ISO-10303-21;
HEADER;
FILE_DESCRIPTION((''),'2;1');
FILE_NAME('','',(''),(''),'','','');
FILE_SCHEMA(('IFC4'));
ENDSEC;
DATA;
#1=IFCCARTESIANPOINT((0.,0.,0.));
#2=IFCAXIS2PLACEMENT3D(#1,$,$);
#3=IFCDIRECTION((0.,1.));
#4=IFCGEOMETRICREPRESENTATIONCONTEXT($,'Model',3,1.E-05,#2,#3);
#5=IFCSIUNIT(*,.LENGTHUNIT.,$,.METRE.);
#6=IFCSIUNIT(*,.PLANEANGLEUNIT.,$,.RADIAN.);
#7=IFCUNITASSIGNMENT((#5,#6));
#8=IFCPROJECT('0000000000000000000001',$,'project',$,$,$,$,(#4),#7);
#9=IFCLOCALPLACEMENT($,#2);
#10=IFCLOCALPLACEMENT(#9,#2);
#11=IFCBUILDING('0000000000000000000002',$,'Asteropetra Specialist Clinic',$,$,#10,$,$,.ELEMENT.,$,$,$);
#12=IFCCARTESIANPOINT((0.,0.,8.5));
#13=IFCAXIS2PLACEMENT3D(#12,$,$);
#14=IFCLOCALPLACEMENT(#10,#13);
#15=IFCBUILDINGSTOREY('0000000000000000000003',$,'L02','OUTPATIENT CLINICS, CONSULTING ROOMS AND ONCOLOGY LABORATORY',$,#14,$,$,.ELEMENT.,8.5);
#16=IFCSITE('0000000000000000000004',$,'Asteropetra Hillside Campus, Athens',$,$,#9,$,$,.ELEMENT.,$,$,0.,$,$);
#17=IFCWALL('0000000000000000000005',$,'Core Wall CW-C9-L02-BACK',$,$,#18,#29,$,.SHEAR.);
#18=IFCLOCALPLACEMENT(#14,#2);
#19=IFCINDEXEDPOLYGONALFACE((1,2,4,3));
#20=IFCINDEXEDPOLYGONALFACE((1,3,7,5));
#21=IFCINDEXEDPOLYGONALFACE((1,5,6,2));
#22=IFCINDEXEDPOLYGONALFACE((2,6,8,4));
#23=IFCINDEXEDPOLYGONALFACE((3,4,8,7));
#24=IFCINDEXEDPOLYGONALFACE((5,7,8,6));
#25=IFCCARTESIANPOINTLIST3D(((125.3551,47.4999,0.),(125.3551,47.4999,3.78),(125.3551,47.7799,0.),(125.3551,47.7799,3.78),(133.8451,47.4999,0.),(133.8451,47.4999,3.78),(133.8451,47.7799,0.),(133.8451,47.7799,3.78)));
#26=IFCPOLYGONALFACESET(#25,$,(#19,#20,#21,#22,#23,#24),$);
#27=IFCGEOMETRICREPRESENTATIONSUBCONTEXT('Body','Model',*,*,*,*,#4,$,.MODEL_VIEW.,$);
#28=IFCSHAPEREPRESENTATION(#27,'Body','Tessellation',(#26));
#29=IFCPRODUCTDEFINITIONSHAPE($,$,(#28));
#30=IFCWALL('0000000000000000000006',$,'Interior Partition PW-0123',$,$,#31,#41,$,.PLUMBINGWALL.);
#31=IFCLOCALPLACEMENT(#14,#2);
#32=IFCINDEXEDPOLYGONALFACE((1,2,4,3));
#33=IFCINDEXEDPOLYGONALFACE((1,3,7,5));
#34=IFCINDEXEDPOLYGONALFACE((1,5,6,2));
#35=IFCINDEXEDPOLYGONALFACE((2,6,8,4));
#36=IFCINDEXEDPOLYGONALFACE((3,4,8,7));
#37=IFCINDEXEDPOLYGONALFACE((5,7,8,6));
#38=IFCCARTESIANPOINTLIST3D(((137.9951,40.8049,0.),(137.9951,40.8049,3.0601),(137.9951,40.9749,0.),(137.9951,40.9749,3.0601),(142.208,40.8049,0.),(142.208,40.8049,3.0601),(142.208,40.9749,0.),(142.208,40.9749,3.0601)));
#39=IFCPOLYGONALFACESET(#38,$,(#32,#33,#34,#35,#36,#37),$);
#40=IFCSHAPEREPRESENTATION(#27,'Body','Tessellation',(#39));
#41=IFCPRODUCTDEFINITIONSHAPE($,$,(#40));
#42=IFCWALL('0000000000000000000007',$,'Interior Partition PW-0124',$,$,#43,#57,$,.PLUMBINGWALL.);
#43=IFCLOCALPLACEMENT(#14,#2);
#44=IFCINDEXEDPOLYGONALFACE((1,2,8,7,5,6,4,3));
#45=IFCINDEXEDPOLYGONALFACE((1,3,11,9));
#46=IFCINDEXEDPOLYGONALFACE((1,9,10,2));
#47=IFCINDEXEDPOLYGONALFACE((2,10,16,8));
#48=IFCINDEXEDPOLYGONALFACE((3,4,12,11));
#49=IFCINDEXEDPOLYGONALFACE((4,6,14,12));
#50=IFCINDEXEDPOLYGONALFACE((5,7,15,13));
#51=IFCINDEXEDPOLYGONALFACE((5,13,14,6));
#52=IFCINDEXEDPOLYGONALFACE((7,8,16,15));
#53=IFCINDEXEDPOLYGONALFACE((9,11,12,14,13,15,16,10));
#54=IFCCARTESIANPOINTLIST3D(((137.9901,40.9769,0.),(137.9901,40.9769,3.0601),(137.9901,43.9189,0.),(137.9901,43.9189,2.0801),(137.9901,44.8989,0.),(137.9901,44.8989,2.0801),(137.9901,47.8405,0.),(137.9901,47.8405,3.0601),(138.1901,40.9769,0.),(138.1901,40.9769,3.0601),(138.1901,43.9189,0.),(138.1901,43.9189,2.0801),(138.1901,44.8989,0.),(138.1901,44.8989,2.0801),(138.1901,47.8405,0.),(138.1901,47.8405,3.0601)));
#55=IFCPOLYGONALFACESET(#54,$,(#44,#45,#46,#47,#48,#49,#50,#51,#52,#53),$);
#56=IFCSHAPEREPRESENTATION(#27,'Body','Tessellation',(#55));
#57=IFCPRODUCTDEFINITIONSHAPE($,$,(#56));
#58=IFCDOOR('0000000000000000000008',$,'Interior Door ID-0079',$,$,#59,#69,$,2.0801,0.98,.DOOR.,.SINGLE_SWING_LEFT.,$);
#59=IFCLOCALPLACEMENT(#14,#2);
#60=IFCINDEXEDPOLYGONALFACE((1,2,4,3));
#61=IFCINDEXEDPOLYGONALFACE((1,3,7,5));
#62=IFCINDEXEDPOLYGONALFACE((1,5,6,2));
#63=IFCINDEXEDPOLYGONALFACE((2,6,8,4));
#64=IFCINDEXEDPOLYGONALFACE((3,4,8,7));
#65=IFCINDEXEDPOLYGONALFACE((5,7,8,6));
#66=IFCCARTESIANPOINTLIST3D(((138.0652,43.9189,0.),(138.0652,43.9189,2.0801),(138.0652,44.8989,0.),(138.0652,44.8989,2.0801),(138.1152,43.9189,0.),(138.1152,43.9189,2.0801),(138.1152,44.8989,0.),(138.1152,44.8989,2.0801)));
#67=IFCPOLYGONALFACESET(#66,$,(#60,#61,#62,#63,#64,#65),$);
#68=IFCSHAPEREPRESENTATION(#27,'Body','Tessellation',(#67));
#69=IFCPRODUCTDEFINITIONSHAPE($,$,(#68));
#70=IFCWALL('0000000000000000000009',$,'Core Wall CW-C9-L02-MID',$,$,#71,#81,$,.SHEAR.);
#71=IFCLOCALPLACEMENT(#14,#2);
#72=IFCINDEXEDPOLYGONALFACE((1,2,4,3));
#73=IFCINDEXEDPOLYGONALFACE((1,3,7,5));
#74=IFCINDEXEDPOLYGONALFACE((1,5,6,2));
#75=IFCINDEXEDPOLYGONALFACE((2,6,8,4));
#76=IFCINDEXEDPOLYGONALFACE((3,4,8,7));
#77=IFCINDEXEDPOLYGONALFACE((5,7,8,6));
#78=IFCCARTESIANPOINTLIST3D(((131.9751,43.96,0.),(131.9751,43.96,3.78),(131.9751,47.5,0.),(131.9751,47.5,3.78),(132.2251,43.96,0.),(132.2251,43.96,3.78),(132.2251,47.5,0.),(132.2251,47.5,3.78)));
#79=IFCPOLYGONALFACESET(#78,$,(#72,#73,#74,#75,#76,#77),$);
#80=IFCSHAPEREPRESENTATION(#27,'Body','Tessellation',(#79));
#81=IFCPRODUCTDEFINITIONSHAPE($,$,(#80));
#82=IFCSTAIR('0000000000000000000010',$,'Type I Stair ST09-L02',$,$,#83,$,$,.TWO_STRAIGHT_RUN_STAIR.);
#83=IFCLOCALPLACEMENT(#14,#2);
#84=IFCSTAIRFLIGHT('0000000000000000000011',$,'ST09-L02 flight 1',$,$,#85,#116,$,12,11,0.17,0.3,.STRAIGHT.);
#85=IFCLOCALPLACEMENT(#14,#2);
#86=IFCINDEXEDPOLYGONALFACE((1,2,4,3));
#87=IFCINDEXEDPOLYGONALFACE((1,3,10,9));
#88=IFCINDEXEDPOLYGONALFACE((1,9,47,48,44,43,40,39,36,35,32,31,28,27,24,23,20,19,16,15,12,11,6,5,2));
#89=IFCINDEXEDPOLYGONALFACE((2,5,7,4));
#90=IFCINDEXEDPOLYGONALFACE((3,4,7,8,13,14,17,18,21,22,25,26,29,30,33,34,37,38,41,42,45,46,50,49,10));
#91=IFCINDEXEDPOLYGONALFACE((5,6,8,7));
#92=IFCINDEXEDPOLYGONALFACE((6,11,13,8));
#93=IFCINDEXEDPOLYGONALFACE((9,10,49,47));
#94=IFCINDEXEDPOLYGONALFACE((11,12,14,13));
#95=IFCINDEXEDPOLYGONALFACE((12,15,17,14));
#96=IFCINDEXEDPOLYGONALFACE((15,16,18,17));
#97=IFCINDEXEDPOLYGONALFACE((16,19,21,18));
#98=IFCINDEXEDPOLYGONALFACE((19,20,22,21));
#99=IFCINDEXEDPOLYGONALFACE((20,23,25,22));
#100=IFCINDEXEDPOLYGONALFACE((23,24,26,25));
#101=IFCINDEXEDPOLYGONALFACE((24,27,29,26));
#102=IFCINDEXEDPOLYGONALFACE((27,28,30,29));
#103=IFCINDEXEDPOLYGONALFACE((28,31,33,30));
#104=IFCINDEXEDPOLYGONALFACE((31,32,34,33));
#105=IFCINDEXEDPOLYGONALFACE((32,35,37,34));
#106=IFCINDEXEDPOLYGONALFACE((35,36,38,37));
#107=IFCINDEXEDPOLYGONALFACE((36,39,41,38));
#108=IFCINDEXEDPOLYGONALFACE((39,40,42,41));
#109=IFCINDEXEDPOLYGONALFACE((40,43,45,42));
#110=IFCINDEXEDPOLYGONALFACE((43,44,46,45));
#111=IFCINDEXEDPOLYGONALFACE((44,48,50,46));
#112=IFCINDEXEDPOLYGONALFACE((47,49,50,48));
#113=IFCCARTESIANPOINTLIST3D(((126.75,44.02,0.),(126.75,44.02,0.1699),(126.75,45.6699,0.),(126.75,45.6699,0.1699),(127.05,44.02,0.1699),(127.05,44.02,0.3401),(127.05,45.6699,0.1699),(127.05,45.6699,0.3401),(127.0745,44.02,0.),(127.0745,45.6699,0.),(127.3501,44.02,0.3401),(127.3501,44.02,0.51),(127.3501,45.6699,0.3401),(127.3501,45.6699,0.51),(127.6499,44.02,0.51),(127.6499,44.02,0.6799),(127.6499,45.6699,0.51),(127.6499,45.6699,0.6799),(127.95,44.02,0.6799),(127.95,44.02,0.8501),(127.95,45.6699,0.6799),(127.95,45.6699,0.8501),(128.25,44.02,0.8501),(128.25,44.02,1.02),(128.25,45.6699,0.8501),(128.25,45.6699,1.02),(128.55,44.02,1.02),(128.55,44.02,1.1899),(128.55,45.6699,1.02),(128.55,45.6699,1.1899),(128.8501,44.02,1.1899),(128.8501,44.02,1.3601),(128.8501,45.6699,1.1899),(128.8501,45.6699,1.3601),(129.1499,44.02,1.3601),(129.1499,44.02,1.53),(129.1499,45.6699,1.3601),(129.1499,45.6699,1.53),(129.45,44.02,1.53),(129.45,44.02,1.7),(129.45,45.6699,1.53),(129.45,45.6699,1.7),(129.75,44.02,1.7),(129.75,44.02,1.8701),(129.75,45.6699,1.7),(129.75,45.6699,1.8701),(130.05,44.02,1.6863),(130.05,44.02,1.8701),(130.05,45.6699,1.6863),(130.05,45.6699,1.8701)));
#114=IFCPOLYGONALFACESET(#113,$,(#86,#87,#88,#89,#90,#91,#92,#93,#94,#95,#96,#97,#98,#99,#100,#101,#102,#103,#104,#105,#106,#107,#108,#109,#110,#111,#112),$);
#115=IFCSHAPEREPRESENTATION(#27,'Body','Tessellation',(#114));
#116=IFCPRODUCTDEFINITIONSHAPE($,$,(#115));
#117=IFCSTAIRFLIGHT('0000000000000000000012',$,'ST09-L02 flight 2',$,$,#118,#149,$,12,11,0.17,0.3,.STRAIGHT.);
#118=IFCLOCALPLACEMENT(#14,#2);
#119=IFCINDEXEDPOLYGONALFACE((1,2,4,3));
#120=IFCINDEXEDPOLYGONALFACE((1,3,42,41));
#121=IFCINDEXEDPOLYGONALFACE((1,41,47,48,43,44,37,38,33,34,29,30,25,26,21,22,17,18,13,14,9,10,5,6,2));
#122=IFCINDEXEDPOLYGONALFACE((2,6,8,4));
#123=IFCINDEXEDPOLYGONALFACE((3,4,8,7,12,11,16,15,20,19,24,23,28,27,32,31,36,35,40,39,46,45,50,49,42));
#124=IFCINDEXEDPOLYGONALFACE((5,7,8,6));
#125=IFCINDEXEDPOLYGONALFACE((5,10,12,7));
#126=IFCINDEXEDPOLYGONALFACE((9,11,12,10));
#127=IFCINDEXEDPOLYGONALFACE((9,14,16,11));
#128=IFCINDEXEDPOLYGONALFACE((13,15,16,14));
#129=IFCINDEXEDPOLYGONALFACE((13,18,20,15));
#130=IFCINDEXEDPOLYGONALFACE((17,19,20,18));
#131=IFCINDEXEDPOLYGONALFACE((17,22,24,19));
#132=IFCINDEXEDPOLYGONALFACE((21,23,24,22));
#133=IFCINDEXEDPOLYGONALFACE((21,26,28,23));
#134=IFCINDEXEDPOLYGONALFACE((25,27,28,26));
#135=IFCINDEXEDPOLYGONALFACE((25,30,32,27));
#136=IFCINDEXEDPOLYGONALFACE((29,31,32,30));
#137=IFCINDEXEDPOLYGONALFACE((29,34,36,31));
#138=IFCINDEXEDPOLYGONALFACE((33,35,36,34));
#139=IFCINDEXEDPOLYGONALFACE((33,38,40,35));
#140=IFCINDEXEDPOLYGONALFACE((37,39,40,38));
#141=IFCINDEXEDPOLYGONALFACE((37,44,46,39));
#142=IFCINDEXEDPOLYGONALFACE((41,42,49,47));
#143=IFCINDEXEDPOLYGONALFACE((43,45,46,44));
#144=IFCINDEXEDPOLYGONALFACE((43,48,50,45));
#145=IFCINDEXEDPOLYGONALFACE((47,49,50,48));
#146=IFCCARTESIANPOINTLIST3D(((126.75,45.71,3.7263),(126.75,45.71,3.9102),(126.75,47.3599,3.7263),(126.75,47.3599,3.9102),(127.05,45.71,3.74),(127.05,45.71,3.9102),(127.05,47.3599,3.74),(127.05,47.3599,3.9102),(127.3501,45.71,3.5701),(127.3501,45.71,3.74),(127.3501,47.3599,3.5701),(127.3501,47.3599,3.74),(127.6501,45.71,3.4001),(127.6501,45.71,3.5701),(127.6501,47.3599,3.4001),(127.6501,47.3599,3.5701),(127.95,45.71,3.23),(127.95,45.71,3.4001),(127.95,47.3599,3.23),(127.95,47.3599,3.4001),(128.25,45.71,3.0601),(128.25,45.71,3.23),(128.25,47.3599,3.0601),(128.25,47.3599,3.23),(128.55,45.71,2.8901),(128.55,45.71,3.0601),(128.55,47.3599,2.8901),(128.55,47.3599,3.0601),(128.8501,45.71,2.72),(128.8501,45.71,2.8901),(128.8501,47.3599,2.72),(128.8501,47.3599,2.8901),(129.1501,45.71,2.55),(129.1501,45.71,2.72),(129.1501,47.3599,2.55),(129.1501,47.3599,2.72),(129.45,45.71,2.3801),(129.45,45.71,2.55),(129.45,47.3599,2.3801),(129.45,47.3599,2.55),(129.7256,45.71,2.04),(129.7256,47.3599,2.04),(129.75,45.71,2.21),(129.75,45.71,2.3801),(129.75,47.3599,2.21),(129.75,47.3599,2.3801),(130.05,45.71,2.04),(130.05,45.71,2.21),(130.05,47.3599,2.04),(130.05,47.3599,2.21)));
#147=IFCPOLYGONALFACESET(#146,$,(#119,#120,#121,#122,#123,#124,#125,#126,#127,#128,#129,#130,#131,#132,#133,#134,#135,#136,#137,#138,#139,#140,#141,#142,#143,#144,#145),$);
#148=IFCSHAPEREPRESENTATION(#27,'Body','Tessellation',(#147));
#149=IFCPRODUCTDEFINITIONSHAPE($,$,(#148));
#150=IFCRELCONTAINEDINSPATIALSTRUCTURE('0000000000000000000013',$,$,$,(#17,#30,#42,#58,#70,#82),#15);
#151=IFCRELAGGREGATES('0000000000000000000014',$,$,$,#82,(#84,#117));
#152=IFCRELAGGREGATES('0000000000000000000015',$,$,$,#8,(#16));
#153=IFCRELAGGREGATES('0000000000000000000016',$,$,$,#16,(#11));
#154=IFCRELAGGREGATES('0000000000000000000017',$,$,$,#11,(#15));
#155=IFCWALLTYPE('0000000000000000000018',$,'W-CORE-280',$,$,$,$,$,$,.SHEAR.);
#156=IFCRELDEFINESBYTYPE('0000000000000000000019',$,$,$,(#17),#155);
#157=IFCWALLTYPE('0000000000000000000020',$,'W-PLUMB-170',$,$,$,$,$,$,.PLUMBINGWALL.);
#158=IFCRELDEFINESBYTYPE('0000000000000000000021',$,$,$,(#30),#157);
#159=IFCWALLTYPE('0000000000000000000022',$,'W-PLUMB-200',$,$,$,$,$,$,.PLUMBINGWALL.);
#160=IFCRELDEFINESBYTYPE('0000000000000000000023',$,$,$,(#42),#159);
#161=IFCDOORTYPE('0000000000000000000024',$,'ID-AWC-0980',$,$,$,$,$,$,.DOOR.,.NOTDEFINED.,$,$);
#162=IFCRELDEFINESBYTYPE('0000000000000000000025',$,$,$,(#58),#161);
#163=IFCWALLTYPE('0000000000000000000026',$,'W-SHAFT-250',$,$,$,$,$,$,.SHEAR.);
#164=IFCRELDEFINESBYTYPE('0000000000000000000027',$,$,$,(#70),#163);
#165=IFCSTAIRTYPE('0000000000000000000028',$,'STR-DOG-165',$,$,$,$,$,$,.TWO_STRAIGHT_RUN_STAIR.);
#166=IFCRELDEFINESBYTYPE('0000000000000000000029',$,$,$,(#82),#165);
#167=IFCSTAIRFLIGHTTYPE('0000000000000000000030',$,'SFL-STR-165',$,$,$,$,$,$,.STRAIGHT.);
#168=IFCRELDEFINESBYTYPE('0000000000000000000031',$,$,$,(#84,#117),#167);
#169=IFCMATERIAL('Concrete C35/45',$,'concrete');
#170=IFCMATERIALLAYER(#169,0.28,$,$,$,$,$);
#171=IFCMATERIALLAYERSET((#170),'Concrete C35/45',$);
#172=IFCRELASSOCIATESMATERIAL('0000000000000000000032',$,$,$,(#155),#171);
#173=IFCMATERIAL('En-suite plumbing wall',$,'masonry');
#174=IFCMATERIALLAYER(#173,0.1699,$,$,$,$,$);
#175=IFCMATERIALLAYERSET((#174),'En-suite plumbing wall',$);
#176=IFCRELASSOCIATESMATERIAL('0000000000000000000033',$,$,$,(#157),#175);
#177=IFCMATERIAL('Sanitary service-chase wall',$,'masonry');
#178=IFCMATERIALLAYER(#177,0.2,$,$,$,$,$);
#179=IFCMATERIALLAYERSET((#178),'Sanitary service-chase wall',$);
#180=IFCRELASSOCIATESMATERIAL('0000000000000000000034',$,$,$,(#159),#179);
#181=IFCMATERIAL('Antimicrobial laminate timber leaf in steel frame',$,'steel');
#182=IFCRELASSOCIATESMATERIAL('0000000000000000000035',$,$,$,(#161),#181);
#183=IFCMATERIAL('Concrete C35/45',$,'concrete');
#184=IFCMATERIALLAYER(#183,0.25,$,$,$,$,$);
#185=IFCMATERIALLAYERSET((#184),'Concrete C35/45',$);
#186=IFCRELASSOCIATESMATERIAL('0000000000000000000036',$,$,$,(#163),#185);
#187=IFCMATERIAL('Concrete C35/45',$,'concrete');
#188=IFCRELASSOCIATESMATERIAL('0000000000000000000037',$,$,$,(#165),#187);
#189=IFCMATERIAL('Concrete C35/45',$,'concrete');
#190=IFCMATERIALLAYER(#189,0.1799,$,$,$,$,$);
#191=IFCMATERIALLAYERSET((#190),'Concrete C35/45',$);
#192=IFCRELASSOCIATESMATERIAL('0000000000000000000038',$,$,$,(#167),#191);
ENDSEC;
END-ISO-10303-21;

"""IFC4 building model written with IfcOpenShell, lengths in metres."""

from ifc_helpers import new_model, si_unit, direction, frame, frame_2d, origin, place, context, subcontext, project, spatial, polyline, rectangle, outline, extrude, material, layer, layer_set, type_object, element, fill, aggregate, save


model = new_model("IFC4")

# Units and contexts
model_context = context("Model", 3, precision=1e-05, world=origin(), true_north=direction((0.0, 1.0)))
body_context = subcontext(model_context, "Body", "Model", "MODEL_VIEW")
ifc_project = project(units=[si_unit("LENGTHUNIT", "METRE"), si_unit("PLANEANGLEUNIT", "RADIAN")], contexts=[model_context])

# Site, building, storey
site_placement = place(None, origin())
site = spatial("IfcSite", under=ifc_project, at=site_placement, Name="Asteropetra Hillside Campus, Athens", CompositionType="ELEMENT", RefElevation=0.0)
building_placement = place(site_placement, origin())
building = spatial("IfcBuilding", under=site, at=building_placement, Name="Asteropetra Specialist Clinic", CompositionType="ELEMENT")
storey_placement = place(building_placement, frame((0.0, 0.0, 8.5)))
storey = spatial("IfcBuildingStorey", under=building, at=storey_placement, Name="L02", Description="OUTPATIENT CLINICS, CONSULTING ROOMS AND ONCOLOGY LABORATORY", CompositionType="ELEMENT", Elevation=8.5)

# Walls
ifc_material_1 = material(Name="Concrete C35/45", Category="concrete")
ifc_layer_1 = layer(ifc_material_1, 0.28)
ifc_layer_set_1 = layer_set([ifc_layer_1], Name="Concrete C35/45")
wall_type_1 = type_object("IfcWallType", Name="W-CORE-280", PredefinedType="SHEAR", material=ifc_layer_set_1)
wall_1_placement = place(storey_placement, frame((125.355, 47.6399, 0.0), z_axis=(0.0, 0.0, 1.0), x_axis=(1.0, 0.0, 0.0)))
element("IfcWall", 1, at=wall_1_placement, inside=storey, type_object=wall_type_1, Name="Core Wall CW-C9-L02-BACK", PredefinedType="SHEAR", context=body_context, shape_type="SweptSolid", body=[
    extrude(rectangle(XDim=8.49, YDim=0.28, at=frame_2d((4.2451, 0.0))), origin(), (0.0, 0.0, 1.0), 3.78),
])
ifc_material_2 = material(Name="En-suite plumbing wall", Category="masonry")
ifc_layer_2 = layer(ifc_material_2, 0.1699)
ifc_layer_set_2 = layer_set([ifc_layer_2], Name="En-suite plumbing wall")
wall_type_2 = type_object("IfcWallType", Name="W-PLUMB-170", PredefinedType="PLUMBINGWALL", material=ifc_layer_set_2)
wall_2_placement = place(storey_placement, frame((137.9951, 40.8899, 0.0), z_axis=(0.0, 0.0, 1.0), x_axis=(1.0, 0.0, 0.0)))
element("IfcWall", 2, at=wall_2_placement, inside=storey, type_object=wall_type_2, Name="Interior Partition PW-0123", PredefinedType="PLUMBINGWALL", context=body_context, shape_type="SweptSolid", body=[
    extrude(rectangle(XDim=4.2129, YDim=0.1699, at=frame_2d((2.1064, 0.0))), origin(), (0.0, 0.0, 1.0), 3.0601),
])

# Wall, opening, door
ifc_material_3 = material(Name="Sanitary service-chase wall", Category="masonry")
ifc_layer_3 = layer(ifc_material_3, 0.2)
ifc_layer_set_3 = layer_set([ifc_layer_3], Name="Sanitary service-chase wall")
wall_type_3 = type_object("IfcWallType", Name="W-PLUMB-200", PredefinedType="PLUMBINGWALL", material=ifc_layer_set_3)
wall_3_placement = place(storey_placement, frame((138.0901, 40.9771, 0.0), z_axis=(0.0, 0.0, 1.0), x_axis=(0.0, 1.0, 0.0)))
wall_3 = element("IfcWall", 3, at=wall_3_placement, inside=storey, type_object=wall_type_3, Name="Interior Partition PW-0124", PredefinedType="PLUMBINGWALL", context=body_context, shape_type="SweptSolid", body=[
    extrude(rectangle(XDim=6.8635, YDim=0.2, at=frame_2d((3.4316, 0.0))), origin(), (0.0, 0.0, 1.0), 3.0601),
])
opening_1_placement = place(wall_3_placement, frame((2.9419, 0.0, 0.0)))
opening_1 = element("IfcOpeningElement", 4, at=opening_1_placement, cuts=wall_3, PredefinedType="OPENING", context=body_context, shape_type="SweptSolid", body=[
    extrude(rectangle(XDim=0.98, YDim=2.0801, at=frame_2d((0.49, 1.04))), frame((0.0, 0.1099, 0.0), z_axis=(0.0, -1.0, 0.0), x_axis=(1.0, 0.0, 0.0)), (0.0, 0.0, 1.0), 0.22),
])
ifc_material_4 = material(Name="Antimicrobial laminate timber leaf in steel frame", Category="steel")
door_type_1 = type_object("IfcDoorType", Name="ID-AWC-0980", OperationType="NOTDEFINED", PredefinedType="DOOR", material=ifc_material_4)
door_1_placement = place(opening_1_placement, origin())
door_1 = element("IfcDoor", 5, at=door_1_placement, inside=storey, type_object=door_type_1, Name="Interior Door ID-0079", OperationType="SINGLE_SWING_LEFT", OverallHeight=2.0801, OverallWidth=0.98, PredefinedType="DOOR", context=body_context, shape_type="SweptSolid", body=[
    extrude(rectangle(XDim=0.98, YDim=2.0801, at=frame_2d((0.49, 1.04))), frame((0.0, 0.0249, 0.0), z_axis=(0.0, -1.0, 0.0), x_axis=(1.0, 0.0, 0.0)), (0.0, 0.0, 1.0), 0.05),
])
fill(opening_1, door_1)

# Wall
ifc_material_5 = material(Name="Concrete C35/45", Category="concrete")
ifc_layer_4 = layer(ifc_material_5, 0.25)
ifc_layer_set_4 = layer_set([ifc_layer_4], Name="Concrete C35/45")
wall_type_4 = type_object("IfcWallType", Name="W-SHAFT-250", PredefinedType="SHEAR", material=ifc_layer_set_4)
wall_4_placement = place(storey_placement, frame((132.1001, 43.96, 0.0), z_axis=(0.0, 0.0, 1.0), x_axis=(0.0, 1.0, 0.0)))
element("IfcWall", 6, at=wall_4_placement, inside=storey, type_object=wall_type_4, Name="Core Wall CW-C9-L02-MID", PredefinedType="SHEAR", context=body_context, shape_type="SweptSolid", body=[
    extrude(rectangle(XDim=3.54, YDim=0.25, at=frame_2d((1.77, 0.0))), origin(), (0.0, 0.0, 1.0), 3.78),
])

# Stair, stair flights
ifc_material_6 = material(Name="Concrete C35/45", Category="concrete")
stair_type = type_object("IfcStairType", Name="STR-DOG-165", PredefinedType="TWO_STRAIGHT_RUN_STAIR", material=ifc_material_6)
stair_placement = place(storey_placement, origin())
stair = element("IfcStair", 7, at=stair_placement, inside=storey, type_object=stair_type, Name="Type I Stair ST09-L02", PredefinedType="TWO_STRAIGHT_RUN_STAIR")
ifc_material_7 = material(Name="Concrete C35/45", Category="concrete")
ifc_layer_5 = layer(ifc_material_7, 0.1799)
ifc_layer_set_5 = layer_set([ifc_layer_5], Name="Concrete C35/45")
stair_flight_type = type_object("IfcStairFlightType", Name="SFL-STR-165", PredefinedType="STRAIGHT", material=ifc_layer_set_5)
stair_flight_1_placement = place(storey_placement, frame((126.75, 44.845, 0.0), z_axis=(0.0, 0.0, 1.0), x_axis=(1.0, 0.0, 0.0)))
stair_flight_1 = element("IfcStairFlight", 8, at=stair_flight_1_placement, type_object=stair_flight_type, Name="ST09-L02 flight 1", NumberOfRisers=12, NumberOfTreads=11, PredefinedType="STRAIGHT", RiserHeight=0.17, TreadLength=0.3, context=body_context, shape_type="SweptSolid", body=[
    extrude(outline(polyline([(0.0, 0.0), (0.0, 0.1699), (0.3, 0.1699), (0.3, 0.3401), (0.6001, 0.3401), (0.6001, 0.51), (0.8999, 0.51), (0.8999, 0.6799), (1.2, 0.6799), (1.2, 0.8501), (1.5, 0.8501), (1.5, 1.02), (1.8, 1.02), (1.8, 1.1899), (2.1001, 1.1899), (2.1001, 1.3601), (2.3999, 1.3601), (2.3999, 1.53), (2.7, 1.53), (2.7, 1.7), (3.0, 1.7), (3.0, 1.8701), (3.3, 1.8701), (3.3, 2.04), (3.3, 1.6863), (0.3245, 0.0), (0.0, 0.0)])), frame((0.0, 0.825, 0.0), z_axis=(0.0, -1.0, 0.0), x_axis=(1.0, 0.0, 0.0)), (0.0, 0.0, 1.0), 1.6499),
])
stair_flight_2_placement = place(storey_placement, frame((130.05, 46.5349, 2.04), z_axis=(0.0, 0.0, 1.0), x_axis=(-1.0, 0.0, 0.0)))
stair_flight_2 = element("IfcStairFlight", 9, at=stair_flight_2_placement, type_object=stair_flight_type, Name="ST09-L02 flight 2", NumberOfRisers=12, NumberOfTreads=11, PredefinedType="STRAIGHT", RiserHeight=0.17, TreadLength=0.3, context=body_context, shape_type="SweptSolid", body=[
    extrude(outline(polyline([(0.0, 0.0), (0.0, 0.1699), (0.3, 0.1699), (0.3, 0.3401), (0.6001, 0.3401), (0.6001, 0.51), (0.8999, 0.51), (0.8999, 0.6799), (1.2, 0.6799), (1.2, 0.8501), (1.5, 0.8501), (1.5, 1.02), (1.8, 1.02), (1.8, 1.1899), (2.1001, 1.1899), (2.1001, 1.3601), (2.3999, 1.3601), (2.3999, 1.53), (2.7, 1.53), (2.7, 1.7), (3.0, 1.7), (3.0, 1.8701), (3.3, 1.8701), (3.3, 2.04), (3.3, 1.6863), (0.3245, 0.0), (0.0, 0.0)])), frame((0.0, 0.825, 0.0), z_axis=(0.0, -1.0, 0.0), x_axis=(1.0, 0.0, 0.0)), (0.0, 0.0, 1.0), 1.6499),
])
aggregate(stair, [stair_flight_1, stair_flight_2])

save(model, "model.ifc")
